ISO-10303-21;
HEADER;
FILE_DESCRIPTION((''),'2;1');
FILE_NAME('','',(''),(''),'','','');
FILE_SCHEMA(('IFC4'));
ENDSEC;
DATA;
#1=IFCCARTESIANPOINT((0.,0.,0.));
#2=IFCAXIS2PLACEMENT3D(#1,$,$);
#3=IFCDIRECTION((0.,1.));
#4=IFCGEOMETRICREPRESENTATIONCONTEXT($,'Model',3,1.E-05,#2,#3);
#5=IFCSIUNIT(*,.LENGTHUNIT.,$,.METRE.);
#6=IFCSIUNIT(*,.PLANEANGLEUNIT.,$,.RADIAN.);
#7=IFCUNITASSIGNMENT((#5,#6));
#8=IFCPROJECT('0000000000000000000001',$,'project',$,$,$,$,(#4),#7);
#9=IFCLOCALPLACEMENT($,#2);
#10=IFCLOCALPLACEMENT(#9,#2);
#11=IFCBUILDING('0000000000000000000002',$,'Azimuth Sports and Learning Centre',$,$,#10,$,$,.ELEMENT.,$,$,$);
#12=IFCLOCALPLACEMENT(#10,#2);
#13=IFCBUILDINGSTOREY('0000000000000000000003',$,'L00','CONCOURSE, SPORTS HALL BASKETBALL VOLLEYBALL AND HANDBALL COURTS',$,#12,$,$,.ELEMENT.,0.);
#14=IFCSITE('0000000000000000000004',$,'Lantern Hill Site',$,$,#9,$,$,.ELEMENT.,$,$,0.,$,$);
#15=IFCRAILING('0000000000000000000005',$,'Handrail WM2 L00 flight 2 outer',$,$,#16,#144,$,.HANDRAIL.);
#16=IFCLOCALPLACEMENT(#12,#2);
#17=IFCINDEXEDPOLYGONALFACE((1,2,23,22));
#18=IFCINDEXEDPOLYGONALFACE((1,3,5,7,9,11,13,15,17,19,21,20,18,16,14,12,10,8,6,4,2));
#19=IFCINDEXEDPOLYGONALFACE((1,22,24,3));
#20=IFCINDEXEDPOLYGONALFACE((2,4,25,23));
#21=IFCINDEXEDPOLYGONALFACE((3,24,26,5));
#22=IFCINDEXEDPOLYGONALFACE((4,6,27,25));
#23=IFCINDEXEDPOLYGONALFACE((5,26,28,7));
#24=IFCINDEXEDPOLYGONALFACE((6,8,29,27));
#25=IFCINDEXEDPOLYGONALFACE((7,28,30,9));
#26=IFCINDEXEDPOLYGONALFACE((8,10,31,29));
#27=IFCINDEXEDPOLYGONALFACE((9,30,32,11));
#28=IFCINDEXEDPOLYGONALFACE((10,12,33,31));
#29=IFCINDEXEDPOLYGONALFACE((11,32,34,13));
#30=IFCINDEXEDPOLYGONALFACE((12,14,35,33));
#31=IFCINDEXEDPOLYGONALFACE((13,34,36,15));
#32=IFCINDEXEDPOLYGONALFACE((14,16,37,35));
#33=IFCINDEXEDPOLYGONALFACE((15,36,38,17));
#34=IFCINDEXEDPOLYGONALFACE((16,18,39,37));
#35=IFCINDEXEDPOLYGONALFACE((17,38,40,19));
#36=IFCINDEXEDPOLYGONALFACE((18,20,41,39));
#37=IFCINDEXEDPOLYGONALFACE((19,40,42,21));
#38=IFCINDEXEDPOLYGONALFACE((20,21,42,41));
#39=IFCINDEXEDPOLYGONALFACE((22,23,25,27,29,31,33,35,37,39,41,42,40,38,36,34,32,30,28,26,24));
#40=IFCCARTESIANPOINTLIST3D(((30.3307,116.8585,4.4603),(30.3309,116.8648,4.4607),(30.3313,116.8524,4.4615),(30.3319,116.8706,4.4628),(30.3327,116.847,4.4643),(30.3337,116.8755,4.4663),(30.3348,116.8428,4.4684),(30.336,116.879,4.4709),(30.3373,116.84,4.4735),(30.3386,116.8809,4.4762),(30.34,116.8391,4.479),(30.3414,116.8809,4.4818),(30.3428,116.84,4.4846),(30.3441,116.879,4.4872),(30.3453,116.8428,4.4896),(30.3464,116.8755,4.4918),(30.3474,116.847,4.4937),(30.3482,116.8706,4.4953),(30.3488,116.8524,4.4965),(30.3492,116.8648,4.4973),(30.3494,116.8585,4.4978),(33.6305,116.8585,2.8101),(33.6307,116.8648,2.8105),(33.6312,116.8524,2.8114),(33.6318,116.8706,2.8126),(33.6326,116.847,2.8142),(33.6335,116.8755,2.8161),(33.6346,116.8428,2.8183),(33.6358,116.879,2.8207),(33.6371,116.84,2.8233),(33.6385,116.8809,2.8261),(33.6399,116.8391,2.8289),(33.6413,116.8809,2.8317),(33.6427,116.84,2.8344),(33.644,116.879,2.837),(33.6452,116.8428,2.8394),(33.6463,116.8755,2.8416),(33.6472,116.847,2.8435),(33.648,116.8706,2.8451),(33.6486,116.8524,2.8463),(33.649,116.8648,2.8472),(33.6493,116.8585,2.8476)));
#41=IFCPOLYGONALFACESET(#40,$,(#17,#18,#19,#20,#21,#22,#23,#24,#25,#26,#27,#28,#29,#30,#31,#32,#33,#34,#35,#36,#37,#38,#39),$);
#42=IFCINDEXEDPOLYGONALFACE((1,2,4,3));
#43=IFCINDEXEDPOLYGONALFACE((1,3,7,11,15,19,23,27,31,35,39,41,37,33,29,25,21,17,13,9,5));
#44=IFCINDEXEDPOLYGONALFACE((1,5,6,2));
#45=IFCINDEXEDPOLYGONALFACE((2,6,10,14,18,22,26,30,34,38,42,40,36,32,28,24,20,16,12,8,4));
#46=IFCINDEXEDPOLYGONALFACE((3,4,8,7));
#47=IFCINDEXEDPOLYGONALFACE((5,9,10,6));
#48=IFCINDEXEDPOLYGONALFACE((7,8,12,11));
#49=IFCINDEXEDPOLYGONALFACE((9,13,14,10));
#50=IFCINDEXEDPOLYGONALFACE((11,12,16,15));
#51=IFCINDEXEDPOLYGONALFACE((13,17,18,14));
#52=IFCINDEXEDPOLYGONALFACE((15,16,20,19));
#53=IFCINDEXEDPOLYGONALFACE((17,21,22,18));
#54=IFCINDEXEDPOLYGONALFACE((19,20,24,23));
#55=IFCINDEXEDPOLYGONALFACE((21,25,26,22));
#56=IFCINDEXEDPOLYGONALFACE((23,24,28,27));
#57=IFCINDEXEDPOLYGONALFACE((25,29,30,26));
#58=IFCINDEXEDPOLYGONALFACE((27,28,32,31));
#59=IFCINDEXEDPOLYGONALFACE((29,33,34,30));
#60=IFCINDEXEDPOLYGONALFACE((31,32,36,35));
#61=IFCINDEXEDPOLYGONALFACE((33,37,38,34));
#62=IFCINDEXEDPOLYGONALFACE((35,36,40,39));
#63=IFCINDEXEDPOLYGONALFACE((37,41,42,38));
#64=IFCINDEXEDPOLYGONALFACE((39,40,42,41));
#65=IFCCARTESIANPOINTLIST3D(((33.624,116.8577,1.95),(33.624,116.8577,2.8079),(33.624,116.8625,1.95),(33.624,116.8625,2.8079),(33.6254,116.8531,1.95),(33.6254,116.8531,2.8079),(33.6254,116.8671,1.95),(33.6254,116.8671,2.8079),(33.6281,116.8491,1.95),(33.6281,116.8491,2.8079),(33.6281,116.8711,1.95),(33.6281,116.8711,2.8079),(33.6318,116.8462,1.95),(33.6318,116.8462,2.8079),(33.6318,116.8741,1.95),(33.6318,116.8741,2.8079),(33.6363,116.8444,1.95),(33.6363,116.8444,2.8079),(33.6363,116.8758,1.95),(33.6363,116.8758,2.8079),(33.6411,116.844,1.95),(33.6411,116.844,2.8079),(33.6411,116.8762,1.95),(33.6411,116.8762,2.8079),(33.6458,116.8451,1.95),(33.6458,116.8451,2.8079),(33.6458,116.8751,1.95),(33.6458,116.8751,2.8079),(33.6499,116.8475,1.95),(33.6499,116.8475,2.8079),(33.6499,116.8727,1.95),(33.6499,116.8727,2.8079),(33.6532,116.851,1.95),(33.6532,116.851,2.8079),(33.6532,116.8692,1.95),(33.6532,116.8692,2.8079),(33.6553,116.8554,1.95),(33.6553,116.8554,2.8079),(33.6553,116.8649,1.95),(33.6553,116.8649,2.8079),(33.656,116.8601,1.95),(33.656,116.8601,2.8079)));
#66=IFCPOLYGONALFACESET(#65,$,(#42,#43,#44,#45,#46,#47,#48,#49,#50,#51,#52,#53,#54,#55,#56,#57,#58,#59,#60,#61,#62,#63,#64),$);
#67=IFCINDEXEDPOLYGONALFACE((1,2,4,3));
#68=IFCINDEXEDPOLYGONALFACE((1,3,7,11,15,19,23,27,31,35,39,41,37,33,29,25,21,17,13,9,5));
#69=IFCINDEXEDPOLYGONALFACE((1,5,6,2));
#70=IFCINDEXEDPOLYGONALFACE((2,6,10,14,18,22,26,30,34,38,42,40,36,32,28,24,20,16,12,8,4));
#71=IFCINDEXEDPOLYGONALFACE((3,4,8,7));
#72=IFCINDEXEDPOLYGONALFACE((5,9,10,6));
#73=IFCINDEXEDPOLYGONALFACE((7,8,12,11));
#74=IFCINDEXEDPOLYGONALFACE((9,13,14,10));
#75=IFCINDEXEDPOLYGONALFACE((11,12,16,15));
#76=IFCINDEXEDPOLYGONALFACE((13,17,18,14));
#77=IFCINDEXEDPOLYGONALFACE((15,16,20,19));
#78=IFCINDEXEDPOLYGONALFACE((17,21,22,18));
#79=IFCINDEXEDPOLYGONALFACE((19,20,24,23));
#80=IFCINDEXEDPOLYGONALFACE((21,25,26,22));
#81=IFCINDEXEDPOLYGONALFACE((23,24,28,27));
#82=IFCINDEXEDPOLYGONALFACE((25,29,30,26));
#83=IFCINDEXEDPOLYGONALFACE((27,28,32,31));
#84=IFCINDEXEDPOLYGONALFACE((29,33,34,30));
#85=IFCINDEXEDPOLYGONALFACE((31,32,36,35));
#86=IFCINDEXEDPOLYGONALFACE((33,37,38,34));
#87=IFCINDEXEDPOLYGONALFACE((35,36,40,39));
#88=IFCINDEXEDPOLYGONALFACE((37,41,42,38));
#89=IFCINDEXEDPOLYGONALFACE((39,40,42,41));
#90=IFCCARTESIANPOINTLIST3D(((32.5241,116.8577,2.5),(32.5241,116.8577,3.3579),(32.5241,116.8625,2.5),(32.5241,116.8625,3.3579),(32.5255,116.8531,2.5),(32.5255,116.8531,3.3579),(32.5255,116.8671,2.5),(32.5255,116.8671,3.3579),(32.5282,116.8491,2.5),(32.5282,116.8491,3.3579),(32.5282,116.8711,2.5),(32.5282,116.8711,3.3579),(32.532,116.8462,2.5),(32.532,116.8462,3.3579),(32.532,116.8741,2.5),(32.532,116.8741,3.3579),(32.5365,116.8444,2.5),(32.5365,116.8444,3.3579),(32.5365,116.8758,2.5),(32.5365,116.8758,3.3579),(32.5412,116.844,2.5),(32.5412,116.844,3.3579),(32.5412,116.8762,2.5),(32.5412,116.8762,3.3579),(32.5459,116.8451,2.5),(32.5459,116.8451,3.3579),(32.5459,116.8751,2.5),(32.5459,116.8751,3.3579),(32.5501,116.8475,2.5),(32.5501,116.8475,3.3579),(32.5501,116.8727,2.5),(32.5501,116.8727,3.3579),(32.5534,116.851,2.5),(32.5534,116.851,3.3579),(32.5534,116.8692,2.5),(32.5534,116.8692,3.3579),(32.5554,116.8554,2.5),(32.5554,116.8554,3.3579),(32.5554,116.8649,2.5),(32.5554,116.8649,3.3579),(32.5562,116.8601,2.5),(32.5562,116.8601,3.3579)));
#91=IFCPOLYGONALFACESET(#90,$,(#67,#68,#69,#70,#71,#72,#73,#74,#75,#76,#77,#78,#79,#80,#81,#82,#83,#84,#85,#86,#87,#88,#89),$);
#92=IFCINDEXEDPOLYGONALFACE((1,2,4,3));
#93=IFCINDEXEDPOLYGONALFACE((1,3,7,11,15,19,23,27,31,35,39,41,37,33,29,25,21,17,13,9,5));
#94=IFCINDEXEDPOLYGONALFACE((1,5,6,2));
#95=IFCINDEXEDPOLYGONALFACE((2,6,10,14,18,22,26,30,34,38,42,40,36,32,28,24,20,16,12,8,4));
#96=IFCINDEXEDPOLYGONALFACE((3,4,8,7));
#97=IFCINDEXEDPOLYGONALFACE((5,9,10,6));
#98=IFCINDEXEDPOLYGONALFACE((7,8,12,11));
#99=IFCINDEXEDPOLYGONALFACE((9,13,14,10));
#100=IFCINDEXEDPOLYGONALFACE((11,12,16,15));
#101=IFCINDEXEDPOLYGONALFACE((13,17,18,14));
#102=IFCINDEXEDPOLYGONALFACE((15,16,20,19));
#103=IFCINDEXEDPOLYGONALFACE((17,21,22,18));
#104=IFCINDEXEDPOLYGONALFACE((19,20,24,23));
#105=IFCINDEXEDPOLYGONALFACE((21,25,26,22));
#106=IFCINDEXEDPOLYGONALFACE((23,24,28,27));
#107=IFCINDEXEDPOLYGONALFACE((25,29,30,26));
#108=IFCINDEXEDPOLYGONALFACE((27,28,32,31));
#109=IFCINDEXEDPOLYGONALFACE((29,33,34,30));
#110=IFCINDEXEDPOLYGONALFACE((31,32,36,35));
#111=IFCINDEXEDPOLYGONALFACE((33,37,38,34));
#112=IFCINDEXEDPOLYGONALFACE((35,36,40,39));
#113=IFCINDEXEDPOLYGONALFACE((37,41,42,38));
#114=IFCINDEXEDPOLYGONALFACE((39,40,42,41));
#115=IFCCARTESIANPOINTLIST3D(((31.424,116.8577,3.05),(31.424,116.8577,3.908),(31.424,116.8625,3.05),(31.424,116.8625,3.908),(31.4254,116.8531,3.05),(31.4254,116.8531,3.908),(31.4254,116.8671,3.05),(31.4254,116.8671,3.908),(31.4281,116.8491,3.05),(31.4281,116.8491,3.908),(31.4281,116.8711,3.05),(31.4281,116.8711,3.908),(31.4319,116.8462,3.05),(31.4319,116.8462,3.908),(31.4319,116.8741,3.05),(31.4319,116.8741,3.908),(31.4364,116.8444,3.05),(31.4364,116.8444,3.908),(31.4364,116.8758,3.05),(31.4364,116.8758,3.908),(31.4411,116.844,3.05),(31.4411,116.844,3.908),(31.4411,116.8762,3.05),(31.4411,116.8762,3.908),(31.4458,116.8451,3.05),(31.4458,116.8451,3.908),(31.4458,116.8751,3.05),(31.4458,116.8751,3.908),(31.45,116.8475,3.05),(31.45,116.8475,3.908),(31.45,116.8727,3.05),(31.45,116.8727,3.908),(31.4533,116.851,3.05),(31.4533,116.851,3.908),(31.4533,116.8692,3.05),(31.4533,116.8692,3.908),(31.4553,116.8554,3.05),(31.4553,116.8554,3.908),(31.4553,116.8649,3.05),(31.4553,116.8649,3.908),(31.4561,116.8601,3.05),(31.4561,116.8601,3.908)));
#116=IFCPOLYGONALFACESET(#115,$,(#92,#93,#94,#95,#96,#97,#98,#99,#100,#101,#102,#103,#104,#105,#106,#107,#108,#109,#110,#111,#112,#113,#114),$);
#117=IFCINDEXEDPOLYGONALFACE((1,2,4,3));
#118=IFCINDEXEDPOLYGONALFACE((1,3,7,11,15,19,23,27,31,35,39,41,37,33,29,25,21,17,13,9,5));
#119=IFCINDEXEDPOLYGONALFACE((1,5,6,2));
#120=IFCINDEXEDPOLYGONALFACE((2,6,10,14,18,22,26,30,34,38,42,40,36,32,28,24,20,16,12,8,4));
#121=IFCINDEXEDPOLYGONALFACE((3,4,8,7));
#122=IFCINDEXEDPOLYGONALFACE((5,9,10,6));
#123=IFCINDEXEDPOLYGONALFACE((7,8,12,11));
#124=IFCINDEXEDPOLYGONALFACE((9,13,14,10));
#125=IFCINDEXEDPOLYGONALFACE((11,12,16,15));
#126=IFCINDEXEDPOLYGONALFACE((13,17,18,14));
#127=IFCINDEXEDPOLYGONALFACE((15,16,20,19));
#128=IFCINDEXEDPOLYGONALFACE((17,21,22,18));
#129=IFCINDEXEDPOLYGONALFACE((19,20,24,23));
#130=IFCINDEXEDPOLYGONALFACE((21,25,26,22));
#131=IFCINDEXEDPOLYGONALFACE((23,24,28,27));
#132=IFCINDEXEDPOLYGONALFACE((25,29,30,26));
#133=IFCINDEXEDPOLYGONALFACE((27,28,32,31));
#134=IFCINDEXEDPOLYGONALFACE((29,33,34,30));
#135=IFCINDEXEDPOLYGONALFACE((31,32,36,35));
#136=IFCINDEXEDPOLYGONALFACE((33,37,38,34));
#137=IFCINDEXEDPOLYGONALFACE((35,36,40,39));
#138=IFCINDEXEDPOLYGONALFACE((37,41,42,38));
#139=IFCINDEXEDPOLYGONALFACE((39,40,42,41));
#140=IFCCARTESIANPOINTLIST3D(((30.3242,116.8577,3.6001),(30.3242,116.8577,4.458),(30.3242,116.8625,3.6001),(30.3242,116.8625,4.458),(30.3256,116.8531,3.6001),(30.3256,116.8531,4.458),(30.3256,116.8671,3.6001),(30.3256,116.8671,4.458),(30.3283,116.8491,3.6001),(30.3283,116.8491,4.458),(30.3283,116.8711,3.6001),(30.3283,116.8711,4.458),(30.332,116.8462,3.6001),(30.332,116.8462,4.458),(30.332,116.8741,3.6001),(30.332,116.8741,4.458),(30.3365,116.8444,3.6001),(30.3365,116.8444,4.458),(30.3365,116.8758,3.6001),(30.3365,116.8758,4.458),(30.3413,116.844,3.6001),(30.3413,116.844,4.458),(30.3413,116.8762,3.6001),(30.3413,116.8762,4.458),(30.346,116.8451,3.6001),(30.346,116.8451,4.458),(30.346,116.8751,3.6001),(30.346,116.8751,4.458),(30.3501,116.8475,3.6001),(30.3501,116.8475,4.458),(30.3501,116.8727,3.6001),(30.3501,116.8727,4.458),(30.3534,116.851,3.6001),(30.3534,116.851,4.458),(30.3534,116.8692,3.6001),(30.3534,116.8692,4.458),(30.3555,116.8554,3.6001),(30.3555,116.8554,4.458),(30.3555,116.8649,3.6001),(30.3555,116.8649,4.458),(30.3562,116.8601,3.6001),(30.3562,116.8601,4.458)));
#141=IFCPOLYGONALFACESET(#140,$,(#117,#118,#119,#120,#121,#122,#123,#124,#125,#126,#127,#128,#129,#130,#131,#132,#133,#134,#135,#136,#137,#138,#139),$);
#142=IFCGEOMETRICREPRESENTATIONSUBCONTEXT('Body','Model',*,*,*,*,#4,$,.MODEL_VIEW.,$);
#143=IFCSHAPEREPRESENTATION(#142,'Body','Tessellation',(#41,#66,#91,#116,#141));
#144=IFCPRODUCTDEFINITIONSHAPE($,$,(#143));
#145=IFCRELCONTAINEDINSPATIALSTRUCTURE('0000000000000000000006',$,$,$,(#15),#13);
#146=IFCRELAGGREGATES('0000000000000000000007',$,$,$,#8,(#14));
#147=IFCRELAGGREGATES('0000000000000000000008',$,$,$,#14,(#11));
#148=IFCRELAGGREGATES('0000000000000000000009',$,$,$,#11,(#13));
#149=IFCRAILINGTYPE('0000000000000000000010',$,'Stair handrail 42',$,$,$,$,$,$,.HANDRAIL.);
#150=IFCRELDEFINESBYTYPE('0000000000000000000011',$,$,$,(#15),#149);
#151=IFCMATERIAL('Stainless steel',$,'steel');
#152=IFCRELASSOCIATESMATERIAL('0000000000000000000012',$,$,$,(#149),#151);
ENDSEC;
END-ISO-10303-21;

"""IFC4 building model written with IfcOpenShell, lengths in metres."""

from ifc_helpers import new_model, si_unit, direction, frame, origin, origin_2d, place, context, subcontext, project, spatial, circle, extrude, material, type_object, element, save


model = new_model("IFC4")

# Units and contexts
model_context = context("Model", 3, precision=1e-05, world=origin(), true_north=direction((0.0, 1.0)))
body_context = subcontext(model_context, "Body", "Model", "MODEL_VIEW")
ifc_project = project(units=[si_unit("LENGTHUNIT", "METRE"), si_unit("PLANEANGLEUNIT", "RADIAN")], contexts=[model_context])

# Site, building, storey
site_placement = place(None, origin())
site = spatial("IfcSite", under=ifc_project, at=site_placement, Name="Lantern Hill Site", CompositionType="ELEMENT", RefElevation=0.0)
building_placement = place(site_placement, origin())
building = spatial("IfcBuilding", under=site, at=building_placement, Name="Azimuth Sports and Learning Centre", CompositionType="ELEMENT")
storey_placement = place(building_placement, origin())
storey = spatial("IfcBuildingStorey", under=building, at=storey_placement, Name="L00", Description="CONCOURSE, SPORTS HALL BASKETBALL VOLLEYBALL AND HANDBALL COURTS", CompositionType="ELEMENT", Elevation=0.0)

# Railing
ifc_material_1 = material(Name="Stainless steel", Category="steel")
railing_type = type_object("IfcRailingType", Name="Stair handrail 42", PredefinedType="HANDRAIL", material=ifc_material_1)
for number, where, name in (
    (1, (33.6399, 116.8601, 1.95), "Handrail WM2 L00 flight 2 outer"),
):
    element("IfcRailing", number, at=place(storey_placement, frame(where)), inside=storey, type_object=railing_type, Name=name, PredefinedType="HANDRAIL", context=body_context, shape_type="SweptSolid", body=[
        extrude(circle(Radius=0.021, at=origin_2d()), frame((0.0, 0.0, 0.8789), z_axis=(-0.894401, 0.0, 0.447267), x_axis=(0.0, -1.0, 0.0)), (0.0, 0.0, 1.0), 3.6895),
        extrude(circle(Radius=0.0161, at=origin_2d()), origin(), (0.0, 0.0, 1.0), 0.8579),
        extrude(circle(Radius=0.0161, at=origin_2d()), frame((-1.0999, 0.0, 0.55)), (0.0, 0.0, 1.0), 0.8579),
        extrude(circle(Radius=0.0161, at=origin_2d()), frame((-2.2, 0.0, 1.1001)), (0.0, 0.0, 1.0), 0.8579),
        extrude(circle(Radius=0.0161, at=origin_2d()), frame((-3.2998, 0.0, 1.6501)), (0.0, 0.0, 1.0), 0.8579),
    ])

save(model, "model.ifc")
